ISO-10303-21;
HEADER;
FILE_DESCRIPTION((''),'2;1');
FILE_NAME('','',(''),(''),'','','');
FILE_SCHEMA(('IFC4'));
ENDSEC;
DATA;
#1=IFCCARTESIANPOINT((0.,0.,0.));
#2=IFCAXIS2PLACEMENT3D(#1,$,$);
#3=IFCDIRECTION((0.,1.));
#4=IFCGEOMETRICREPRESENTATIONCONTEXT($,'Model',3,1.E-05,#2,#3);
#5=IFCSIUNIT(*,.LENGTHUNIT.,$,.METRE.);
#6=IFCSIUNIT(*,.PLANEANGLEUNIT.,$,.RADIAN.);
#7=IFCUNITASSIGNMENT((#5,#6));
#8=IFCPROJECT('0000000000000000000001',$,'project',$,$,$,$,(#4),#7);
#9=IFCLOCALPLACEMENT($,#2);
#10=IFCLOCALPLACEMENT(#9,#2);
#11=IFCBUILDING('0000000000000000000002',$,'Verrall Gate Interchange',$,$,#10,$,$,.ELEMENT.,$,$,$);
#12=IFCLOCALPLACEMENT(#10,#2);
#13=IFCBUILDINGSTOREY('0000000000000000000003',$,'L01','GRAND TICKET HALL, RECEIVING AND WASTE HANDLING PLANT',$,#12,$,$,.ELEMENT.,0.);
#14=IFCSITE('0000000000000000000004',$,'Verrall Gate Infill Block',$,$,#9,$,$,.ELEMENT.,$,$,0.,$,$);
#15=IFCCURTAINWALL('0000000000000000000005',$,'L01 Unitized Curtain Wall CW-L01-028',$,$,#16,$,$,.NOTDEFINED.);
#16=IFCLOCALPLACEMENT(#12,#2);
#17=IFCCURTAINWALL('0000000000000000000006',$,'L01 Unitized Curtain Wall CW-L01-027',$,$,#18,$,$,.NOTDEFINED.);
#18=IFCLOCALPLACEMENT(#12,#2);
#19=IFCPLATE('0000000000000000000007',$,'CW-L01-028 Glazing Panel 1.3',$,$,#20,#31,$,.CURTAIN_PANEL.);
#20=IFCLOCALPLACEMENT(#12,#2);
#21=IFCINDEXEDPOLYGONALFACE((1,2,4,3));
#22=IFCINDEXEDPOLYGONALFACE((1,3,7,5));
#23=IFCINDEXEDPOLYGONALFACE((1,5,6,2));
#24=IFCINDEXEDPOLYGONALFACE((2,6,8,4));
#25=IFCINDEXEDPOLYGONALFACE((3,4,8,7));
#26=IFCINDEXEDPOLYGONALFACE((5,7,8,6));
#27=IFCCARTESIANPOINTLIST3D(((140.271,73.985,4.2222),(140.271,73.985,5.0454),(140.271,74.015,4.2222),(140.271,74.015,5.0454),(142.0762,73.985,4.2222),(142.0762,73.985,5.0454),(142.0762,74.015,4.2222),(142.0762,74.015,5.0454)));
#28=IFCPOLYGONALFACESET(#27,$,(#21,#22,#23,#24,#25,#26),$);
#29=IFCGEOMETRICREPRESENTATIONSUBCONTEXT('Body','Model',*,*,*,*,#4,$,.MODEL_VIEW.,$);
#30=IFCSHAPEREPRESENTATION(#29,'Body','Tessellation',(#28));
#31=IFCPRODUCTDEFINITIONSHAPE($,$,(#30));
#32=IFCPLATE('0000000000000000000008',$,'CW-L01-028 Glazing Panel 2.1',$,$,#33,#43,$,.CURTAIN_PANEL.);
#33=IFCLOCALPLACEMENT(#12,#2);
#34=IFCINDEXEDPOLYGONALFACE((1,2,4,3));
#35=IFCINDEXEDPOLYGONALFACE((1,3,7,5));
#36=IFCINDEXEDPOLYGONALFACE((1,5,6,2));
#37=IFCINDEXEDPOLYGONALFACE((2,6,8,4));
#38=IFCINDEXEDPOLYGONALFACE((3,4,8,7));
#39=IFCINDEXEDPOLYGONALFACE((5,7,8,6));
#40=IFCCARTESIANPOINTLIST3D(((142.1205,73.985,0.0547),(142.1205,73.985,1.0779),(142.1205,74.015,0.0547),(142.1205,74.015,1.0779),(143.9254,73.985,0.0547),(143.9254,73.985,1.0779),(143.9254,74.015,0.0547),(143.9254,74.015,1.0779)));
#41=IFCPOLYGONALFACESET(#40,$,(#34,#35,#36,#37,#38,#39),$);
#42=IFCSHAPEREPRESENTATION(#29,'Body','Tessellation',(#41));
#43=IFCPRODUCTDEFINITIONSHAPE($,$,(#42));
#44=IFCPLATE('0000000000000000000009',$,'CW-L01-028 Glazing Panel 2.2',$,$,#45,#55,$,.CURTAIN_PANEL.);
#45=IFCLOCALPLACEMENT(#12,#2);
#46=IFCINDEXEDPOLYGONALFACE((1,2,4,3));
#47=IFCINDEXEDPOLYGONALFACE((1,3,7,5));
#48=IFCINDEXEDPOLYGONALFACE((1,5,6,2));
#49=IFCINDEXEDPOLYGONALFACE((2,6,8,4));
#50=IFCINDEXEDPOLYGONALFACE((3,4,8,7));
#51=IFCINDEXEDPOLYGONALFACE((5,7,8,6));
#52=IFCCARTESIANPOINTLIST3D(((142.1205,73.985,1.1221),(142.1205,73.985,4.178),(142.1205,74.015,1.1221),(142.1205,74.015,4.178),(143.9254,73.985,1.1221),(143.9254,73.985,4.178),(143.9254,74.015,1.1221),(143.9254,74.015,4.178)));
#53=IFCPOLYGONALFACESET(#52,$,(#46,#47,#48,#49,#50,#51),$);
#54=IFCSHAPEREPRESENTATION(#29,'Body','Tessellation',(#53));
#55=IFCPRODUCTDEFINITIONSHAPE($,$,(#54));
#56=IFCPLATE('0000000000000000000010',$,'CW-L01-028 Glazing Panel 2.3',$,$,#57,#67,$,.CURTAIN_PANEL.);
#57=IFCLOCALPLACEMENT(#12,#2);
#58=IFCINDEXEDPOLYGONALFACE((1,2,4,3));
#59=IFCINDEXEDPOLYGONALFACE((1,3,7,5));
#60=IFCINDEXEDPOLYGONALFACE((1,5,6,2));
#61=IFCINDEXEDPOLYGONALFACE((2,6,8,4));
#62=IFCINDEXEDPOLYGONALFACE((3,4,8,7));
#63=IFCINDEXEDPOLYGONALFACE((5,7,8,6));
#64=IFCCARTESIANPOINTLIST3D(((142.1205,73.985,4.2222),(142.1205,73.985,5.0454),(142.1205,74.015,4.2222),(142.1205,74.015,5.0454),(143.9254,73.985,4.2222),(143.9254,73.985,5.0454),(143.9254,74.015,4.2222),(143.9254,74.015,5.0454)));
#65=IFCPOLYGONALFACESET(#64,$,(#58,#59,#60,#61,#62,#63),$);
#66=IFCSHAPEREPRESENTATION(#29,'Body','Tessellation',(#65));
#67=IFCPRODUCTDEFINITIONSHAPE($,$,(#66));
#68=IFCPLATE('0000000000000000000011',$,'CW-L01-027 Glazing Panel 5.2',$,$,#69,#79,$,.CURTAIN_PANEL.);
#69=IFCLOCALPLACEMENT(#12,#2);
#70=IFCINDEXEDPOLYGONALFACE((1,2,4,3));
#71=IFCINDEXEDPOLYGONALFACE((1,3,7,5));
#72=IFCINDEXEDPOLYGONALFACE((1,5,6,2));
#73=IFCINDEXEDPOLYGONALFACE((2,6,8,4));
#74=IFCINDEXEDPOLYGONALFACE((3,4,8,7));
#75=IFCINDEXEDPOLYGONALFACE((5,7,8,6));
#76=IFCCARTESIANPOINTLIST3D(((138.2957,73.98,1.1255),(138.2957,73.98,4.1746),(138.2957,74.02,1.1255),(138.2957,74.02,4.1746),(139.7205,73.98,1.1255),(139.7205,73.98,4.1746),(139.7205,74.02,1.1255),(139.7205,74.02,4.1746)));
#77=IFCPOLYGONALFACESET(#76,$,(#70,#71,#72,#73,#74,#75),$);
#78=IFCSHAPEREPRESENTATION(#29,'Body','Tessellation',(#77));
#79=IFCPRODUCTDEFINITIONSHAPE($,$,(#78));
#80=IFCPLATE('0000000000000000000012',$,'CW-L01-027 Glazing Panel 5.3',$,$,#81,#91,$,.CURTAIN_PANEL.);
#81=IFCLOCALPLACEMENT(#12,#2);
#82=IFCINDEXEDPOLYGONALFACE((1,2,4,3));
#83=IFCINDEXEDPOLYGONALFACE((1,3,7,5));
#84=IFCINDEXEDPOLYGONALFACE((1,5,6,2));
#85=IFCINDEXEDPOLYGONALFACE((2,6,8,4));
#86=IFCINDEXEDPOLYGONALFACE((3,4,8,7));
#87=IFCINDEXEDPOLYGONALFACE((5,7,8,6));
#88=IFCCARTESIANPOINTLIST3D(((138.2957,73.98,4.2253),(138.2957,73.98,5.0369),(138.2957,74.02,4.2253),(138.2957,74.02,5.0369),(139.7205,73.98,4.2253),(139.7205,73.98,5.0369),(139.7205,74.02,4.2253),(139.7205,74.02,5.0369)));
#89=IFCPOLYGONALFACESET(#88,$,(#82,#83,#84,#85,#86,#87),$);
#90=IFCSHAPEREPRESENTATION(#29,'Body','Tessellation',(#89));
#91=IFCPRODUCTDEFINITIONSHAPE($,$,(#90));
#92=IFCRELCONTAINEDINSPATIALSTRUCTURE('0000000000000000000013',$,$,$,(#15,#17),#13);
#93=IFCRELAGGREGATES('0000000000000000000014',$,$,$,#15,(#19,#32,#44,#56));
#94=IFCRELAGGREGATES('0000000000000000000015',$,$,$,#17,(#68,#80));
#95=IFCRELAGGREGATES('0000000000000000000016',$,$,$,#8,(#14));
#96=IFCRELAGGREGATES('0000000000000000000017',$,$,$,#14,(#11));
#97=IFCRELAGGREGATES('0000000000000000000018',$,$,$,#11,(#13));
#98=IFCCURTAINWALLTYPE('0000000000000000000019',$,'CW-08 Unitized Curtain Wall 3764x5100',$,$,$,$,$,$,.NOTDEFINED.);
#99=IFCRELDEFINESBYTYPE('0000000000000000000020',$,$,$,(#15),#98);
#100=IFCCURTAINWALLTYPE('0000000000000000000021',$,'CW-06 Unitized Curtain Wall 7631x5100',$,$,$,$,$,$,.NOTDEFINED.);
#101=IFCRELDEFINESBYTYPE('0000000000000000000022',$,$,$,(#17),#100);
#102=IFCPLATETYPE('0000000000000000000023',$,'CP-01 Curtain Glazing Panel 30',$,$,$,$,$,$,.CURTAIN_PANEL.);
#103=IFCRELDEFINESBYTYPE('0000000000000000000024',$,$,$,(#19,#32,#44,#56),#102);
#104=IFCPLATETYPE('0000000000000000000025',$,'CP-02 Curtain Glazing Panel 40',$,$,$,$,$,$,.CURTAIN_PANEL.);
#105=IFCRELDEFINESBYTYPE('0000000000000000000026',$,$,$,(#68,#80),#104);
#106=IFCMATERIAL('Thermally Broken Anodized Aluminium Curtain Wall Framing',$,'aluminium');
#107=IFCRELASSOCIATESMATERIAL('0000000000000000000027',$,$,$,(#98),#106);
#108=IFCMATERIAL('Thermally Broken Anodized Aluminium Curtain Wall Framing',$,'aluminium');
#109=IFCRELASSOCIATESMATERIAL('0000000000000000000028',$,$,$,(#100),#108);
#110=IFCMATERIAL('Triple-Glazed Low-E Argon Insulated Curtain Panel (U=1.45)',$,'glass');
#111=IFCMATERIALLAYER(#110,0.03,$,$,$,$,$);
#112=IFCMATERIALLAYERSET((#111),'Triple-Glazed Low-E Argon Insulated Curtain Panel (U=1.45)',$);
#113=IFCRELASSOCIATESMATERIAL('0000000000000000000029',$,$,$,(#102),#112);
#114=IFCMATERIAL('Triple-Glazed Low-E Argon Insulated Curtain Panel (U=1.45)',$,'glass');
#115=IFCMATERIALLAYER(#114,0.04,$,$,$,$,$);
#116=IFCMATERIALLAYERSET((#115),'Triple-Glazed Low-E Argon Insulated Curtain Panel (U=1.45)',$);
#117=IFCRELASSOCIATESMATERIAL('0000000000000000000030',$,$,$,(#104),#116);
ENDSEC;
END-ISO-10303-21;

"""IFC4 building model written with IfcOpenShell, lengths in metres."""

from ifc_helpers import new_model, si_unit, direction, frame, origin, origin_2d, place, context, subcontext, project, spatial, rectangle, extrude, material, layer, layer_set, type_object, element, aggregate, save


model = new_model("IFC4")

# Units and contexts
model_context = context("Model", 3, precision=1e-05, world=origin(), true_north=direction((0.0, 1.0)))
body_context = subcontext(model_context, "Body", "Model", "MODEL_VIEW")
ifc_project = project(units=[si_unit("LENGTHUNIT", "METRE"), si_unit("PLANEANGLEUNIT", "RADIAN")], contexts=[model_context])

# Site, building, storey
site_placement = place(None, origin())
site = spatial("IfcSite", under=ifc_project, at=site_placement, Name="Verrall Gate Infill Block", CompositionType="ELEMENT", RefElevation=0.0)
building_placement = place(site_placement, origin())
building = spatial("IfcBuilding", under=site, at=building_placement, Name="Verrall Gate Interchange", CompositionType="ELEMENT")
storey_placement = place(building_placement, origin())
storey = spatial("IfcBuildingStorey", under=building, at=storey_placement, Name="L01", Description="GRAND TICKET HALL, RECEIVING AND WASTE HANDLING PLANT", CompositionType="ELEMENT", Elevation=0.0)

# Curtain wall
ifc_material_1 = material(Name="Thermally Broken Anodized Aluminium Curtain Wall Framing", Category="aluminium")
curtain_wall_type_1 = type_object("IfcCurtainWallType", Name="CW-08 Unitized Curtain Wall 3764x5100", PredefinedType="NOTDEFINED", material=ifc_material_1)
curtain_wall_1_placement = place(storey_placement, origin())
curtain_wall_1 = element("IfcCurtainWall", 1, at=curtain_wall_1_placement, inside=storey, type_object=curtain_wall_type_1, Name="L01 Unitized Curtain Wall CW-L01-028", PredefinedType="NOTDEFINED")

# Curtain wall
ifc_material_2 = material(Name="Thermally Broken Anodized Aluminium Curtain Wall Framing", Category="aluminium")
curtain_wall_type_2 = type_object("IfcCurtainWallType", Name="CW-06 Unitized Curtain Wall 7631x5100", PredefinedType="NOTDEFINED", material=ifc_material_2)
curtain_wall_2_placement = place(storey_placement, origin())
curtain_wall_2 = element("IfcCurtainWall", 2, at=curtain_wall_2_placement, inside=storey, type_object=curtain_wall_type_2, Name="L01 Unitized Curtain Wall CW-L01-027", PredefinedType="NOTDEFINED")

# Plates
ifc_material_3 = material(Name="Triple-Glazed Low-E Argon Insulated Curtain Panel (U=1.45)", Category="glass")
ifc_layer_1 = layer(ifc_material_3, 0.03)
ifc_layer_set_1 = layer_set([ifc_layer_1], Name="Triple-Glazed Low-E Argon Insulated Curtain Panel (U=1.45)")
plate_type_1 = type_object("IfcPlateType", Name="CP-01 Curtain Glazing Panel 30", PredefinedType="CURTAIN_PANEL", material=ifc_layer_set_1)
plate_1_placement = place(storey_placement, frame((141.1736, 74.0, 4.2222), z_axis=(0.0, 0.0, 1.0), x_axis=(1.0, 0.0, 0.0)))
plate_1 = element("IfcPlate", 3, at=plate_1_placement, type_object=plate_type_1, Name="CW-L01-028 Glazing Panel 1.3", PredefinedType="CURTAIN_PANEL", context=body_context, shape_type="SweptSolid", body=[
    extrude(rectangle(XDim=1.8052, YDim=0.03, at=origin_2d()), origin(), (0.0, 0.0, 1.0), 0.8232),
])
plate_2_placement = place(storey_placement, frame((143.0229, 74.0, 0.0547), z_axis=(0.0, 0.0, 1.0), x_axis=(1.0, 0.0, 0.0)))
plate_2 = element("IfcPlate", 4, at=plate_2_placement, type_object=plate_type_1, Name="CW-L01-028 Glazing Panel 2.1", PredefinedType="CURTAIN_PANEL", context=body_context, shape_type="SweptSolid", body=[
    extrude(rectangle(XDim=1.8049, YDim=0.03, at=origin_2d()), origin(), (0.0, 0.0, 1.0), 1.0232),
])
plate_3_placement = place(storey_placement, frame((143.0229, 74.0, 1.1221), z_axis=(0.0, 0.0, 1.0), x_axis=(1.0, 0.0, 0.0)))
plate_3 = element("IfcPlate", 5, at=plate_3_placement, type_object=plate_type_1, Name="CW-L01-028 Glazing Panel 2.2", PredefinedType="CURTAIN_PANEL", context=body_context, shape_type="SweptSolid", body=[
    extrude(rectangle(XDim=1.8049, YDim=0.03, at=origin_2d()), origin(), (0.0, 0.0, 1.0), 3.0559),
])
plate_4_placement = place(storey_placement, frame((143.0229, 74.0, 4.2222), z_axis=(0.0, 0.0, 1.0), x_axis=(1.0, 0.0, 0.0)))
plate_4 = element("IfcPlate", 6, at=plate_4_placement, type_object=plate_type_1, Name="CW-L01-028 Glazing Panel 2.3", PredefinedType="CURTAIN_PANEL", context=body_context, shape_type="SweptSolid", body=[
    extrude(rectangle(XDim=1.8049, YDim=0.03, at=origin_2d()), origin(), (0.0, 0.0, 1.0), 0.8232),
])
aggregate(curtain_wall_1, [plate_1, plate_2, plate_3, plate_4])
ifc_material_4 = material(Name="Triple-Glazed Low-E Argon Insulated Curtain Panel (U=1.45)", Category="glass")
ifc_layer_2 = layer(ifc_material_4, 0.04)
ifc_layer_set_2 = layer_set([ifc_layer_2], Name="Triple-Glazed Low-E Argon Insulated Curtain Panel (U=1.45)")
plate_type_2 = type_object("IfcPlateType", Name="CP-02 Curtain Glazing Panel 40", PredefinedType="CURTAIN_PANEL", material=ifc_layer_set_2)
plate_5_placement = place(storey_placement, frame((139.0081, 74.0, 1.1255), z_axis=(0.0, 0.0, 1.0), x_axis=(1.0, 0.0, 0.0)))
plate_5 = element("IfcPlate", 7, at=plate_5_placement, type_object=plate_type_2, Name="CW-L01-027 Glazing Panel 5.2", PredefinedType="CURTAIN_PANEL", context=body_context, shape_type="SweptSolid", body=[
    extrude(rectangle(XDim=1.4248, YDim=0.04, at=origin_2d()), origin(), (0.0, 0.0, 1.0), 3.0491),
])
plate_6_placement = place(storey_placement, frame((139.0081, 74.0, 4.2253), z_axis=(0.0, 0.0, 1.0), x_axis=(1.0, 0.0, 0.0)))
plate_6 = element("IfcPlate", 8, at=plate_6_placement, type_object=plate_type_2, Name="CW-L01-027 Glazing Panel 5.3", PredefinedType="CURTAIN_PANEL", context=body_context, shape_type="SweptSolid", body=[
    extrude(rectangle(XDim=1.4248, YDim=0.04, at=origin_2d()), origin(), (0.0, 0.0, 1.0), 0.8115),
])
aggregate(curtain_wall_2, [plate_5, plate_6])

save(model, "model.ifc")
